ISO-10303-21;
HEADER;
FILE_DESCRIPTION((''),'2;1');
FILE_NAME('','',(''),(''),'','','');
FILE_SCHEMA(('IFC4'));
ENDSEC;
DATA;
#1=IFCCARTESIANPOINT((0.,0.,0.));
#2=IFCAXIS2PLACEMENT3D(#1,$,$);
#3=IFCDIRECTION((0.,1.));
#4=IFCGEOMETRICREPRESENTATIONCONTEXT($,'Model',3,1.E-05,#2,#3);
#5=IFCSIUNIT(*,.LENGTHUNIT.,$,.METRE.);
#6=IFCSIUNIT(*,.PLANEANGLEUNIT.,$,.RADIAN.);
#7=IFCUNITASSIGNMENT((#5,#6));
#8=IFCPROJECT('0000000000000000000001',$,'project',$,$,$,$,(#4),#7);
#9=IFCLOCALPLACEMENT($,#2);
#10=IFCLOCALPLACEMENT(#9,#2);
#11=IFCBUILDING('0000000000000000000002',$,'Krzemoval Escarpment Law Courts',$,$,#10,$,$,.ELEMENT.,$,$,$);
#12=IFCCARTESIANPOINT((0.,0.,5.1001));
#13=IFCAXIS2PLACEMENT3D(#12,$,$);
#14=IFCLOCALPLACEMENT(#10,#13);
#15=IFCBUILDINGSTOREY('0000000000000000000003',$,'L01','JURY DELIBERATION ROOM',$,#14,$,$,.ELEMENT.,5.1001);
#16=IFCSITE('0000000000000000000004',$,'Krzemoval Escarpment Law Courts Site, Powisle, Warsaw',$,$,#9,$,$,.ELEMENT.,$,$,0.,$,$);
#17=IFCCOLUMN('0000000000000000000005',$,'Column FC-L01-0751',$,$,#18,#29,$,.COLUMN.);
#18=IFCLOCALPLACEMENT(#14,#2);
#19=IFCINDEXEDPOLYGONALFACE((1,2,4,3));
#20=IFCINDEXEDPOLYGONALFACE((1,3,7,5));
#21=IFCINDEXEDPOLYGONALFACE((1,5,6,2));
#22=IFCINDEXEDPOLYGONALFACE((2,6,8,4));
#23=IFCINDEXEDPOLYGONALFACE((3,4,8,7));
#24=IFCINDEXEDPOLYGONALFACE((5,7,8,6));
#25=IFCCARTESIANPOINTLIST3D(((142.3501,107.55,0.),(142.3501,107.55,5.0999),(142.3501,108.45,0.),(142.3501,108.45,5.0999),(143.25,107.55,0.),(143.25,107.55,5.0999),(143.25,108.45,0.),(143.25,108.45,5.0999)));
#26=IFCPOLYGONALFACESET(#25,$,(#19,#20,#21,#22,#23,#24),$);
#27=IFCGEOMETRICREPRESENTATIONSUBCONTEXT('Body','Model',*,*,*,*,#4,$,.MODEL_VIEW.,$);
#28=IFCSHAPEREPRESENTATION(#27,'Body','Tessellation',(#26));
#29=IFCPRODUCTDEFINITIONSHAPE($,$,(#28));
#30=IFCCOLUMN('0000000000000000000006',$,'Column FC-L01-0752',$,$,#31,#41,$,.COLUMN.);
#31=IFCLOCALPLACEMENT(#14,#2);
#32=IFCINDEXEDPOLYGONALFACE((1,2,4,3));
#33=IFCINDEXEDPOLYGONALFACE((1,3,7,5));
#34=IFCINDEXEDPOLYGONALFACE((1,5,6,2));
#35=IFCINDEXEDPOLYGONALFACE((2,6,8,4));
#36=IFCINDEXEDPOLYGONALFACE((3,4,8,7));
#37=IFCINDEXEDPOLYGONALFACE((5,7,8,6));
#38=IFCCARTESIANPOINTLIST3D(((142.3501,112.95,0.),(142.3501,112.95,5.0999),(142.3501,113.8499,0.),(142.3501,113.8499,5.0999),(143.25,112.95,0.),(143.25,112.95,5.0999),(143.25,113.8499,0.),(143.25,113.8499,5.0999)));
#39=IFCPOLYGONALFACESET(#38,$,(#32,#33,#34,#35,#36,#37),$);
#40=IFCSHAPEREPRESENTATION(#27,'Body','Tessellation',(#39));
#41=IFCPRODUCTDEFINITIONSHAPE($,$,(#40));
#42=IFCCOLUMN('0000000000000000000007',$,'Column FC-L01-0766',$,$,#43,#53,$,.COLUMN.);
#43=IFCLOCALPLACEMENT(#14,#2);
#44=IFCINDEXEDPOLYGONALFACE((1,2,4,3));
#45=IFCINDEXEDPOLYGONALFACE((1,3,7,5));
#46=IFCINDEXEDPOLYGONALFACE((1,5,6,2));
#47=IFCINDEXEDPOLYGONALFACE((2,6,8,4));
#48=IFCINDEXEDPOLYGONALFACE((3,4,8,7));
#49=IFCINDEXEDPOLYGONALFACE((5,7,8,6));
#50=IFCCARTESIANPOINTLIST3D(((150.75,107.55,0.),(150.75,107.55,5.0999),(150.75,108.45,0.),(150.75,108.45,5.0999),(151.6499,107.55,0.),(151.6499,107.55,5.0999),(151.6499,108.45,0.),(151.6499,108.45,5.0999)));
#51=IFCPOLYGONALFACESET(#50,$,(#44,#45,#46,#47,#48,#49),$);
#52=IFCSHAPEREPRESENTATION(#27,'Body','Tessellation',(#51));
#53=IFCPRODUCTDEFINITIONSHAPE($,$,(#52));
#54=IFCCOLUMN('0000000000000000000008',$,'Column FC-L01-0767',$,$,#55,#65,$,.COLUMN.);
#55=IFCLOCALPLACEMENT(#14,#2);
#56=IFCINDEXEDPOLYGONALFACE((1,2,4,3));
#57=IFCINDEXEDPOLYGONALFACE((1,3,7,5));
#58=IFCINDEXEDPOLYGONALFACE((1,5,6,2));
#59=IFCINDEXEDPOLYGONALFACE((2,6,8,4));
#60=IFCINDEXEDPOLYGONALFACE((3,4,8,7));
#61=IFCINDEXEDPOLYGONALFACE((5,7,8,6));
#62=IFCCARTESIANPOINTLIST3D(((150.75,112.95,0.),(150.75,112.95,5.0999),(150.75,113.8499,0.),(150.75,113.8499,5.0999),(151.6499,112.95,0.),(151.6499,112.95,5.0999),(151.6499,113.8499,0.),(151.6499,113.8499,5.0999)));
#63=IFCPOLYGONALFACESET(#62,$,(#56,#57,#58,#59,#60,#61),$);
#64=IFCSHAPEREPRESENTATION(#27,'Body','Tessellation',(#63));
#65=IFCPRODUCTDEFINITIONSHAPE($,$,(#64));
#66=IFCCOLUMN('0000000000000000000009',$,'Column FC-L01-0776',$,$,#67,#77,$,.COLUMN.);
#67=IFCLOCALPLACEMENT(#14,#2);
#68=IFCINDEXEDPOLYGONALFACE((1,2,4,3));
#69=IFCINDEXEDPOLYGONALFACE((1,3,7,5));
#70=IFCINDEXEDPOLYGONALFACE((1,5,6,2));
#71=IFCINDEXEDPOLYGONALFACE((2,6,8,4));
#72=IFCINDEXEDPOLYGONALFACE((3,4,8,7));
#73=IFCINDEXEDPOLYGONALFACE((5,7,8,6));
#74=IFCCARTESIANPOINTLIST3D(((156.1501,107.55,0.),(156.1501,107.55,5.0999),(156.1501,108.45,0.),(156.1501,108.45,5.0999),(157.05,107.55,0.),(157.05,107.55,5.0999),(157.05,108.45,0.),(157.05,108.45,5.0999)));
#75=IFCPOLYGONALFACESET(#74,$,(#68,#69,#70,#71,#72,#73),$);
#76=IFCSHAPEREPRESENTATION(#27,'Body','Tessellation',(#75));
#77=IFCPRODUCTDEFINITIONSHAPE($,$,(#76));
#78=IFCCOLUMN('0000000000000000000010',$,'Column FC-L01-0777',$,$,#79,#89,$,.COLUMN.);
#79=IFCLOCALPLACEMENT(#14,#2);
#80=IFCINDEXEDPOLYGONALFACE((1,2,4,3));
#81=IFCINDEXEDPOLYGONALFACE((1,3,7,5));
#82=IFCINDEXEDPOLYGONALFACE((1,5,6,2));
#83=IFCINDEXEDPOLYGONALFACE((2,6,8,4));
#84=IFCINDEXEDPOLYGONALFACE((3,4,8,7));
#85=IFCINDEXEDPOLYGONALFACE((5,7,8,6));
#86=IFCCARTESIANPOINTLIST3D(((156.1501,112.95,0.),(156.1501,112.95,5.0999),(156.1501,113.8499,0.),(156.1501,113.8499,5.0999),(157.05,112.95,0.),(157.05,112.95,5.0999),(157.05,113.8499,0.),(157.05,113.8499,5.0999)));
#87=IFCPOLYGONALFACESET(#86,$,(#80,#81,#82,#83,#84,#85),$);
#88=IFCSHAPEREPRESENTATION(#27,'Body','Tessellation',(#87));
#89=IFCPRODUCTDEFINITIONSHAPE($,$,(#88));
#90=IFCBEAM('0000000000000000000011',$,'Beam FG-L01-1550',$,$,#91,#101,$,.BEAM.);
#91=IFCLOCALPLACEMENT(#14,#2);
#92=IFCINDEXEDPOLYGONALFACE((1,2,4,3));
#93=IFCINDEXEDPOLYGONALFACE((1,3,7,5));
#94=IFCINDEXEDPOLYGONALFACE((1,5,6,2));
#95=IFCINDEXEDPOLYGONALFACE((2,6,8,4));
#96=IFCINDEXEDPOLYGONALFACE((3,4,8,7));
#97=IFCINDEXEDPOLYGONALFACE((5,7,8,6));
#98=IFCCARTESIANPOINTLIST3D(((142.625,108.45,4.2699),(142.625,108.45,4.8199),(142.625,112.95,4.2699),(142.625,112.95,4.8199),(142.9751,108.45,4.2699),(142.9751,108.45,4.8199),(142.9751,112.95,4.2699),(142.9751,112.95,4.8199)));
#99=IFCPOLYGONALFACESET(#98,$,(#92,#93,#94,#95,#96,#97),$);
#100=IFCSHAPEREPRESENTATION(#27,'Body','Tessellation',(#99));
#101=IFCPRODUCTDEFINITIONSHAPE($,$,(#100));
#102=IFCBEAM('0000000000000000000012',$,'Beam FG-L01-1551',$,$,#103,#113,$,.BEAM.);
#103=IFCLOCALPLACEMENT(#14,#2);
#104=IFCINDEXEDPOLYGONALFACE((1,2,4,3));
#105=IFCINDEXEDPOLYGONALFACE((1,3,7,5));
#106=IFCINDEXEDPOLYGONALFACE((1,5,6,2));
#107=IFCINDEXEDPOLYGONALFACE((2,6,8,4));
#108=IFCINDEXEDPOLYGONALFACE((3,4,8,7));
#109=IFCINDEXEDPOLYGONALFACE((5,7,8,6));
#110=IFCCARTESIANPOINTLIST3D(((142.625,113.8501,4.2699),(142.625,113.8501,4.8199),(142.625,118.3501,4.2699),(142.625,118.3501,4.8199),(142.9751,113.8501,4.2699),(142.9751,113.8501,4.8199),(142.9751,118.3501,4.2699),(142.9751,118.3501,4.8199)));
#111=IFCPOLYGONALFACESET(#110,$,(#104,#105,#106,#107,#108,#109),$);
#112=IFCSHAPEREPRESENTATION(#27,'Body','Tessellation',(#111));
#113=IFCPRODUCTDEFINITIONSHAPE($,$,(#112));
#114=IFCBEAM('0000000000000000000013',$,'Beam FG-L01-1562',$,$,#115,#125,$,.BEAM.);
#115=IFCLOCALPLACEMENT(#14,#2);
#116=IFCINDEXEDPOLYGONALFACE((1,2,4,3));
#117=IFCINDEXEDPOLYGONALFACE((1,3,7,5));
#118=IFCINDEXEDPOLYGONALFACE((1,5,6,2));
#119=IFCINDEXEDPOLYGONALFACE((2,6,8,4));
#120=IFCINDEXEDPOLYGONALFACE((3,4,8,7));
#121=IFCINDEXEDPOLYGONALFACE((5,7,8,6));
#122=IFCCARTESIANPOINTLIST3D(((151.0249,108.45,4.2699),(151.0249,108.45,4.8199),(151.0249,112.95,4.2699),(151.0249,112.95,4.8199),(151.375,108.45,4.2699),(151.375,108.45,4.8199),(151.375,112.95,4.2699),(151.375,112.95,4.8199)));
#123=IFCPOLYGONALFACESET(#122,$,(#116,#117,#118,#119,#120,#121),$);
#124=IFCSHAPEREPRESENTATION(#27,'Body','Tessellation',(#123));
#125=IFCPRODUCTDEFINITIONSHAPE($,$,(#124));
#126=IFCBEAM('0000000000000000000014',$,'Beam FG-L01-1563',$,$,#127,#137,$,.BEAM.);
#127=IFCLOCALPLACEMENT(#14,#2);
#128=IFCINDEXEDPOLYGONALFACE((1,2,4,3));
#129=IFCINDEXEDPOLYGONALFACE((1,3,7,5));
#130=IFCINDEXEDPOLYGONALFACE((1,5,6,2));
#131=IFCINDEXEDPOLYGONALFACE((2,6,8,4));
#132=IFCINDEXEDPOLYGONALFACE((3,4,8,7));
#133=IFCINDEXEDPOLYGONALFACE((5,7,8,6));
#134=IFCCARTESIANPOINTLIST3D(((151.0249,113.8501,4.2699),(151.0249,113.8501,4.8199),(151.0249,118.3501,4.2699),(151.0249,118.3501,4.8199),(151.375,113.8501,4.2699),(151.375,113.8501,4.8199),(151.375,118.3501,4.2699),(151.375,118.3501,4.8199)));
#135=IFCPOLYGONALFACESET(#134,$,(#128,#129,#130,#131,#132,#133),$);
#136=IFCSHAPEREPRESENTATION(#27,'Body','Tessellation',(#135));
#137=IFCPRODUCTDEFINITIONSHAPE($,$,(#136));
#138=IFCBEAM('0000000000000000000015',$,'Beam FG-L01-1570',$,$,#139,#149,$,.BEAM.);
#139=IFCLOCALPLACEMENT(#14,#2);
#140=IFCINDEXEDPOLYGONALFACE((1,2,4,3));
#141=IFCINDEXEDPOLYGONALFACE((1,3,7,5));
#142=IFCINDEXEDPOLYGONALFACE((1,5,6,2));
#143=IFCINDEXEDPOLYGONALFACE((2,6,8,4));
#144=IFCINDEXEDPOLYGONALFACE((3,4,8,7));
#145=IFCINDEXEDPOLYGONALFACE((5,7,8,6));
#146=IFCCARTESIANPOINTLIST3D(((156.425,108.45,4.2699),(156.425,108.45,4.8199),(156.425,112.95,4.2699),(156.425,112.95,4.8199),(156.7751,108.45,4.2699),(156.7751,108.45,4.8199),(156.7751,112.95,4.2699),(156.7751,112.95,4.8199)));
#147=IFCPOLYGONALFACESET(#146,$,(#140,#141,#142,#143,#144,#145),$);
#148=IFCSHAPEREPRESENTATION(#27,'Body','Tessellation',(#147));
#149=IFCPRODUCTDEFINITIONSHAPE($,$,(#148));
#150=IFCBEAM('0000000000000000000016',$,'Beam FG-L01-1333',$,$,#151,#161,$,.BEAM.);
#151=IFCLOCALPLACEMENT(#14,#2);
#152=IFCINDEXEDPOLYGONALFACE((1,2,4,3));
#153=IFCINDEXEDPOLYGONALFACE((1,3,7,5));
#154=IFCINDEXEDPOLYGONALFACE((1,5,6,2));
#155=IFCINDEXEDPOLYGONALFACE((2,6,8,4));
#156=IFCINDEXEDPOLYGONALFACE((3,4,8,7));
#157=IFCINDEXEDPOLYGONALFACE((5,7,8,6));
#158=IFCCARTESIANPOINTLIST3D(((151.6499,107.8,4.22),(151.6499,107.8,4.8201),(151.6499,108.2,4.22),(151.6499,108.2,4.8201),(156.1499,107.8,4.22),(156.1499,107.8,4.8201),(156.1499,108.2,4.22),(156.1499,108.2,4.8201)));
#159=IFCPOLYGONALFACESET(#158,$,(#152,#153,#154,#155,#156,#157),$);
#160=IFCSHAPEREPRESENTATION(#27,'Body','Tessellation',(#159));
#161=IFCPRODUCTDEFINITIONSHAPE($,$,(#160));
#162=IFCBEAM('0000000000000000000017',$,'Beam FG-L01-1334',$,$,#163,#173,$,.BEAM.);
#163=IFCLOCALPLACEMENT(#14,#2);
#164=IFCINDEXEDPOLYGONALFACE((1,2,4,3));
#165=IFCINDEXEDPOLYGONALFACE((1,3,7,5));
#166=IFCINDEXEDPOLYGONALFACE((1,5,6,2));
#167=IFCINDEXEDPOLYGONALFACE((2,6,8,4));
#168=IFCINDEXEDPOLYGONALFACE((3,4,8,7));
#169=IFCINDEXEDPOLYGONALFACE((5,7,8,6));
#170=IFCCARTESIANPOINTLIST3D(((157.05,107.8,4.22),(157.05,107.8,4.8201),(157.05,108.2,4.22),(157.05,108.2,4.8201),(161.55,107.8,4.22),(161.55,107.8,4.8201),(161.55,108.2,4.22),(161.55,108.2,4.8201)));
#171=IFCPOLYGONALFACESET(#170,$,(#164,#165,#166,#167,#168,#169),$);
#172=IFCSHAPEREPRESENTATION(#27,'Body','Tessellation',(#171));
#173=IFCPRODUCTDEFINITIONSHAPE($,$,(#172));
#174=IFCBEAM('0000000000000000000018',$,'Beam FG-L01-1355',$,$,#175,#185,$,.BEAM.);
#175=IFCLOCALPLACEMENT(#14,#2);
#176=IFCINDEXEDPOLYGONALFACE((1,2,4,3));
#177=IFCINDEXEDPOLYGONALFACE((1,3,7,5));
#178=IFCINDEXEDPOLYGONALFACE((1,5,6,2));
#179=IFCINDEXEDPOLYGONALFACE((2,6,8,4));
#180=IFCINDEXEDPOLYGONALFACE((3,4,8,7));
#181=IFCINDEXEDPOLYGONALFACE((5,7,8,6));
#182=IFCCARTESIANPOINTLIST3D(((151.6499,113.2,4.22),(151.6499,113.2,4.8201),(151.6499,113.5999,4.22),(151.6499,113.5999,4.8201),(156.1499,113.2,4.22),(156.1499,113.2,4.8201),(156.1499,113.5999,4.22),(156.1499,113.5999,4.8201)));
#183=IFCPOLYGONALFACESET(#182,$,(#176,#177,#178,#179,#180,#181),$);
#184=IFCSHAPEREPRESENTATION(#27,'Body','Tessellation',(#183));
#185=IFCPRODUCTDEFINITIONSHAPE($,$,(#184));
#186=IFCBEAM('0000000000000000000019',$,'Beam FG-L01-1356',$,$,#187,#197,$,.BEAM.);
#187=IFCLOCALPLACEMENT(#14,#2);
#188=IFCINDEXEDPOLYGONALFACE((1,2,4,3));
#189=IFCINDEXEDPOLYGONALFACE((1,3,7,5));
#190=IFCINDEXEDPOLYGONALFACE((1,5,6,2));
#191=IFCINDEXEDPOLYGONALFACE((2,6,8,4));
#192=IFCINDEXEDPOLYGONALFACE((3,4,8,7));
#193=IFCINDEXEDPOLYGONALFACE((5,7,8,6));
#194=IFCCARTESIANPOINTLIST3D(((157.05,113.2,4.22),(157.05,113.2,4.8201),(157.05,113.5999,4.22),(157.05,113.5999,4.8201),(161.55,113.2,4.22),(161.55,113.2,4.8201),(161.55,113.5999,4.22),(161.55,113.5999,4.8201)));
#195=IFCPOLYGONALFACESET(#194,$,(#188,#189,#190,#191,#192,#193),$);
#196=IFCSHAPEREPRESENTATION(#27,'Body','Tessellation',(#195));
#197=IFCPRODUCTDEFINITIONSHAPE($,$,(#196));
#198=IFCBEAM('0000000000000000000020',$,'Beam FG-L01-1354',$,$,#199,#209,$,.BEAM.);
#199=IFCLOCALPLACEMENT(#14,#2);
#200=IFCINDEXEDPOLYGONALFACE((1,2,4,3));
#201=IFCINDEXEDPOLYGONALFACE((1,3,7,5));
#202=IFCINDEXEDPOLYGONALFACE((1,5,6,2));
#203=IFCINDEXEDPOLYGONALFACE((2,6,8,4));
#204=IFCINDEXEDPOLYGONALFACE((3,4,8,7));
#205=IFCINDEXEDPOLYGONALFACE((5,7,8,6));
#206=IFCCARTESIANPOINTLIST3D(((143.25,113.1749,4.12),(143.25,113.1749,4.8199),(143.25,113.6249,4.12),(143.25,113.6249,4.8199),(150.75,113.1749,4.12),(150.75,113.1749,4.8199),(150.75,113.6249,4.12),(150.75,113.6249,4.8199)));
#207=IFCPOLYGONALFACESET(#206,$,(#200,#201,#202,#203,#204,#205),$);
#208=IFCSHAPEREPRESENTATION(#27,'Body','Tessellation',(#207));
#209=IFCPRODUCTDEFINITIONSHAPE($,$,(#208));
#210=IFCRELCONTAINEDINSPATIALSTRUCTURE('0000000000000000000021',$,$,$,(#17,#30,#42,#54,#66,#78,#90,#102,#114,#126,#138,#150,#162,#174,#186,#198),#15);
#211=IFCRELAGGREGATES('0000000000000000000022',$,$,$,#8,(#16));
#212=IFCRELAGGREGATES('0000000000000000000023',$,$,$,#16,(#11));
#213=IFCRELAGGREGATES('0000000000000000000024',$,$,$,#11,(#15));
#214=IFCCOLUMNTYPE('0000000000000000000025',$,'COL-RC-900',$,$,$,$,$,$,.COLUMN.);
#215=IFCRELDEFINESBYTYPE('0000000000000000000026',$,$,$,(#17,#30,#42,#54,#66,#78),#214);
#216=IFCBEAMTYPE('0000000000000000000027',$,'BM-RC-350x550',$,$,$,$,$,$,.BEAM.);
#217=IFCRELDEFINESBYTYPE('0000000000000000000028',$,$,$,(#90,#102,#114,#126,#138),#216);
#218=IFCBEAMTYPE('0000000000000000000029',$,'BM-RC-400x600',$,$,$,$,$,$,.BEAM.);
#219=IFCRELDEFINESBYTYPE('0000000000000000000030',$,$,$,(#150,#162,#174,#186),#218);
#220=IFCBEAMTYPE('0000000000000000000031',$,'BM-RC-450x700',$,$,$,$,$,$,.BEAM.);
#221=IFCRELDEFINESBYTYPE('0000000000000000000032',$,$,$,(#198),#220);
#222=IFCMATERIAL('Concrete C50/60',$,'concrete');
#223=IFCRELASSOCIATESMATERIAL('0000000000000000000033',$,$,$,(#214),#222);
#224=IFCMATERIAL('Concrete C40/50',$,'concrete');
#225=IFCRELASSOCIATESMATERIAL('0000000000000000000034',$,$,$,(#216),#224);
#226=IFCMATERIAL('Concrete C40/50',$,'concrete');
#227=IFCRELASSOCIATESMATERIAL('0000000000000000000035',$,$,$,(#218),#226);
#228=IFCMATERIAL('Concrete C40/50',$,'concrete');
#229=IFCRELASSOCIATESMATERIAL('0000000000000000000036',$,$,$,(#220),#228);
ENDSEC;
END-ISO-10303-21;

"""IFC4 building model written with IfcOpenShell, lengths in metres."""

from ifc_helpers import new_model, si_unit, direction, frame, origin, origin_2d, place, context, subcontext, project, spatial, rectangle, extrude, material, material_profile, profile_set, type_object, element, save


model = new_model("IFC4")

# Units and contexts
model_context = context("Model", 3, precision=1e-05, world=origin(), true_north=direction((0.0, 1.0)))
body_context = subcontext(model_context, "Body", "Model", "MODEL_VIEW")
ifc_project = project(units=[si_unit("LENGTHUNIT", "METRE"), si_unit("PLANEANGLEUNIT", "RADIAN")], contexts=[model_context])

# Site, building, storey
site_placement = place(None, origin())
site = spatial("IfcSite", under=ifc_project, at=site_placement, Name="Krzemoval Escarpment Law Courts Site, Powisle, Warsaw", CompositionType="ELEMENT", RefElevation=0.0)
building_placement = place(site_placement, origin())
building = spatial("IfcBuilding", under=site, at=building_placement, Name="Krzemoval Escarpment Law Courts", CompositionType="ELEMENT")
storey_placement = place(building_placement, frame((0.0, 0.0, 5.1001)))
storey = spatial("IfcBuildingStorey", under=building, at=storey_placement, Name="L01", Description="JURY DELIBERATION ROOM", CompositionType="ELEMENT", Elevation=5.1001)

# Columns
ifc_material_1 = material(Name="Concrete C50/60", Category="concrete")
ifc_material_profile_1 = material_profile(ifc_material_1, rectangle(XDim=0.8999, YDim=0.8999, at=origin_2d()), Name="RC 900x900")
ifc_profile_set_1 = profile_set([ifc_material_profile_1], Name="Concrete C50/60")
column_type = type_object("IfcColumnType", Name="COL-RC-900", PredefinedType="COLUMN", material=ifc_profile_set_1)
for number, where, z_axis, x_axis, name in (
    (1, (142.8, 108.0, 0.0), (0.0, 0.0, 1.0), (1.0, 0.0, 0.0), "Column FC-L01-0751"),
    (2, (142.8, 113.3999, 0.0), (0.0, 0.0, 1.0), (1.0, 0.0, 0.0), "Column FC-L01-0752"),
    (3, (151.2, 108.0, 0.0), (0.0, 0.0, 1.0), (1.0, 0.0, 0.0), "Column FC-L01-0766"),
    (4, (151.2, 113.3999, 0.0), (0.0, 0.0, 1.0), (1.0, 0.0, 0.0), "Column FC-L01-0767"),
    (5, (156.6001, 108.0, 0.0), (0.0, 0.0, 1.0), (1.0, 0.0, 0.0), "Column FC-L01-0776"),
    (6, (156.6001, 113.3999, 0.0), (0.0, 0.0, 1.0), (1.0, 0.0, 0.0), "Column FC-L01-0777"),
):
    element("IfcColumn", number, at=place(storey_placement, frame(where, z_axis=z_axis, x_axis=x_axis)), inside=storey, type_object=column_type, Name=name, PredefinedType="COLUMN", context=body_context, shape_type="SweptSolid", body=[
        extrude(rectangle(XDim=0.8999, YDim=0.8999, at=origin_2d()), origin(), (0.0, 0.0, 1.0), 5.0999),
    ])

# Beams
ifc_material_2 = material(Name="Concrete C40/50", Category="concrete")
ifc_material_profile_2 = material_profile(ifc_material_2, rectangle(XDim=0.3501, YDim=0.55, at=origin_2d()), Name="RCB 350x550")
ifc_profile_set_2 = profile_set([ifc_material_profile_2], Name="Concrete C40/50")
beam_type_1 = type_object("IfcBeamType", Name="BM-RC-350x550", PredefinedType="BEAM", material=ifc_profile_set_2)
for number, where, z_axis, x_axis, name in (
    (7, (142.8, 108.45, 4.5449), (0.0, 1.0, 0.0), (-1.0, 0.0, 0.0), "Beam FG-L01-1550"),
    (8, (142.8, 113.8501, 4.5449), (0.0, 1.0, 0.0), (-1.0, 0.0, 0.0), "Beam FG-L01-1551"),
    (9, (151.2, 108.45, 4.5449), (0.0, 1.0, 0.0), (-1.0, 0.0, 0.0), "Beam FG-L01-1562"),
    (10, (151.2, 113.8501, 4.5449), (0.0, 1.0, 0.0), (-1.0, 0.0, 0.0), "Beam FG-L01-1563"),
    (11, (156.6001, 108.45, 4.5449), (0.0, 1.0, 0.0), (-1.0, 0.0, 0.0), "Beam FG-L01-1570"),
):
    element("IfcBeam", number, at=place(storey_placement, frame(where, z_axis=z_axis, x_axis=x_axis)), inside=storey, type_object=beam_type_1, Name=name, PredefinedType="BEAM", context=body_context, shape_type="SweptSolid", body=[
        extrude(rectangle(XDim=0.3501, YDim=0.55, at=origin_2d()), origin(), (0.0, 0.0, 1.0), 4.5),
    ])
ifc_material_3 = material(Name="Concrete C40/50", Category="concrete")
ifc_material_profile_3 = material_profile(ifc_material_3, rectangle(XDim=0.3999, YDim=0.6001, at=origin_2d()), Name="RCB 400x600")
ifc_profile_set_3 = profile_set([ifc_material_profile_3], Name="Concrete C40/50")
beam_type_2 = type_object("IfcBeamType", Name="BM-RC-400x600", PredefinedType="BEAM", material=ifc_profile_set_3)
for number, where, z_axis, x_axis, name in (
    (12, (151.6499, 108.0, 4.52), (1.0, 0.0, 0.0), (0.0, 1.0, 0.0), "Beam FG-L01-1333"),
    (13, (157.05, 108.0, 4.52), (1.0, 0.0, 0.0), (0.0, 1.0, 0.0), "Beam FG-L01-1334"),
    (14, (151.6499, 113.3999, 4.52), (1.0, 0.0, 0.0), (0.0, 1.0, 0.0), "Beam FG-L01-1355"),
    (15, (157.05, 113.3999, 4.52), (1.0, 0.0, 0.0), (0.0, 1.0, 0.0), "Beam FG-L01-1356"),
):
    element("IfcBeam", number, at=place(storey_placement, frame(where, z_axis=z_axis, x_axis=x_axis)), inside=storey, type_object=beam_type_2, Name=name, PredefinedType="BEAM", context=body_context, shape_type="SweptSolid", body=[
        extrude(rectangle(XDim=0.3999, YDim=0.6001, at=origin_2d()), origin(), (0.0, 0.0, 1.0), 4.5),
    ])
ifc_material_4 = material(Name="Concrete C40/50", Category="concrete")
ifc_material_profile_4 = material_profile(ifc_material_4, rectangle(XDim=0.45, YDim=0.7, at=origin_2d()), Name="RCB 450x700")
ifc_profile_set_4 = profile_set([ifc_material_profile_4], Name="Concrete C40/50")
beam_type_3 = type_object("IfcBeamType", Name="BM-RC-450x700", PredefinedType="BEAM", material=ifc_profile_set_4)
beam_placement = place(storey_placement, frame((143.25, 113.3999, 4.47), z_axis=(1.0, 0.0, 0.0), x_axis=(0.0, 1.0, 0.0)))
element("IfcBeam", 16, at=beam_placement, inside=storey, type_object=beam_type_3, Name="Beam FG-L01-1354", PredefinedType="BEAM", context=body_context, shape_type="SweptSolid", body=[
    extrude(rectangle(XDim=0.45, YDim=0.7, at=origin_2d()), origin(), (0.0, 0.0, 1.0), 7.5),
])

save(model, "model.ifc")
